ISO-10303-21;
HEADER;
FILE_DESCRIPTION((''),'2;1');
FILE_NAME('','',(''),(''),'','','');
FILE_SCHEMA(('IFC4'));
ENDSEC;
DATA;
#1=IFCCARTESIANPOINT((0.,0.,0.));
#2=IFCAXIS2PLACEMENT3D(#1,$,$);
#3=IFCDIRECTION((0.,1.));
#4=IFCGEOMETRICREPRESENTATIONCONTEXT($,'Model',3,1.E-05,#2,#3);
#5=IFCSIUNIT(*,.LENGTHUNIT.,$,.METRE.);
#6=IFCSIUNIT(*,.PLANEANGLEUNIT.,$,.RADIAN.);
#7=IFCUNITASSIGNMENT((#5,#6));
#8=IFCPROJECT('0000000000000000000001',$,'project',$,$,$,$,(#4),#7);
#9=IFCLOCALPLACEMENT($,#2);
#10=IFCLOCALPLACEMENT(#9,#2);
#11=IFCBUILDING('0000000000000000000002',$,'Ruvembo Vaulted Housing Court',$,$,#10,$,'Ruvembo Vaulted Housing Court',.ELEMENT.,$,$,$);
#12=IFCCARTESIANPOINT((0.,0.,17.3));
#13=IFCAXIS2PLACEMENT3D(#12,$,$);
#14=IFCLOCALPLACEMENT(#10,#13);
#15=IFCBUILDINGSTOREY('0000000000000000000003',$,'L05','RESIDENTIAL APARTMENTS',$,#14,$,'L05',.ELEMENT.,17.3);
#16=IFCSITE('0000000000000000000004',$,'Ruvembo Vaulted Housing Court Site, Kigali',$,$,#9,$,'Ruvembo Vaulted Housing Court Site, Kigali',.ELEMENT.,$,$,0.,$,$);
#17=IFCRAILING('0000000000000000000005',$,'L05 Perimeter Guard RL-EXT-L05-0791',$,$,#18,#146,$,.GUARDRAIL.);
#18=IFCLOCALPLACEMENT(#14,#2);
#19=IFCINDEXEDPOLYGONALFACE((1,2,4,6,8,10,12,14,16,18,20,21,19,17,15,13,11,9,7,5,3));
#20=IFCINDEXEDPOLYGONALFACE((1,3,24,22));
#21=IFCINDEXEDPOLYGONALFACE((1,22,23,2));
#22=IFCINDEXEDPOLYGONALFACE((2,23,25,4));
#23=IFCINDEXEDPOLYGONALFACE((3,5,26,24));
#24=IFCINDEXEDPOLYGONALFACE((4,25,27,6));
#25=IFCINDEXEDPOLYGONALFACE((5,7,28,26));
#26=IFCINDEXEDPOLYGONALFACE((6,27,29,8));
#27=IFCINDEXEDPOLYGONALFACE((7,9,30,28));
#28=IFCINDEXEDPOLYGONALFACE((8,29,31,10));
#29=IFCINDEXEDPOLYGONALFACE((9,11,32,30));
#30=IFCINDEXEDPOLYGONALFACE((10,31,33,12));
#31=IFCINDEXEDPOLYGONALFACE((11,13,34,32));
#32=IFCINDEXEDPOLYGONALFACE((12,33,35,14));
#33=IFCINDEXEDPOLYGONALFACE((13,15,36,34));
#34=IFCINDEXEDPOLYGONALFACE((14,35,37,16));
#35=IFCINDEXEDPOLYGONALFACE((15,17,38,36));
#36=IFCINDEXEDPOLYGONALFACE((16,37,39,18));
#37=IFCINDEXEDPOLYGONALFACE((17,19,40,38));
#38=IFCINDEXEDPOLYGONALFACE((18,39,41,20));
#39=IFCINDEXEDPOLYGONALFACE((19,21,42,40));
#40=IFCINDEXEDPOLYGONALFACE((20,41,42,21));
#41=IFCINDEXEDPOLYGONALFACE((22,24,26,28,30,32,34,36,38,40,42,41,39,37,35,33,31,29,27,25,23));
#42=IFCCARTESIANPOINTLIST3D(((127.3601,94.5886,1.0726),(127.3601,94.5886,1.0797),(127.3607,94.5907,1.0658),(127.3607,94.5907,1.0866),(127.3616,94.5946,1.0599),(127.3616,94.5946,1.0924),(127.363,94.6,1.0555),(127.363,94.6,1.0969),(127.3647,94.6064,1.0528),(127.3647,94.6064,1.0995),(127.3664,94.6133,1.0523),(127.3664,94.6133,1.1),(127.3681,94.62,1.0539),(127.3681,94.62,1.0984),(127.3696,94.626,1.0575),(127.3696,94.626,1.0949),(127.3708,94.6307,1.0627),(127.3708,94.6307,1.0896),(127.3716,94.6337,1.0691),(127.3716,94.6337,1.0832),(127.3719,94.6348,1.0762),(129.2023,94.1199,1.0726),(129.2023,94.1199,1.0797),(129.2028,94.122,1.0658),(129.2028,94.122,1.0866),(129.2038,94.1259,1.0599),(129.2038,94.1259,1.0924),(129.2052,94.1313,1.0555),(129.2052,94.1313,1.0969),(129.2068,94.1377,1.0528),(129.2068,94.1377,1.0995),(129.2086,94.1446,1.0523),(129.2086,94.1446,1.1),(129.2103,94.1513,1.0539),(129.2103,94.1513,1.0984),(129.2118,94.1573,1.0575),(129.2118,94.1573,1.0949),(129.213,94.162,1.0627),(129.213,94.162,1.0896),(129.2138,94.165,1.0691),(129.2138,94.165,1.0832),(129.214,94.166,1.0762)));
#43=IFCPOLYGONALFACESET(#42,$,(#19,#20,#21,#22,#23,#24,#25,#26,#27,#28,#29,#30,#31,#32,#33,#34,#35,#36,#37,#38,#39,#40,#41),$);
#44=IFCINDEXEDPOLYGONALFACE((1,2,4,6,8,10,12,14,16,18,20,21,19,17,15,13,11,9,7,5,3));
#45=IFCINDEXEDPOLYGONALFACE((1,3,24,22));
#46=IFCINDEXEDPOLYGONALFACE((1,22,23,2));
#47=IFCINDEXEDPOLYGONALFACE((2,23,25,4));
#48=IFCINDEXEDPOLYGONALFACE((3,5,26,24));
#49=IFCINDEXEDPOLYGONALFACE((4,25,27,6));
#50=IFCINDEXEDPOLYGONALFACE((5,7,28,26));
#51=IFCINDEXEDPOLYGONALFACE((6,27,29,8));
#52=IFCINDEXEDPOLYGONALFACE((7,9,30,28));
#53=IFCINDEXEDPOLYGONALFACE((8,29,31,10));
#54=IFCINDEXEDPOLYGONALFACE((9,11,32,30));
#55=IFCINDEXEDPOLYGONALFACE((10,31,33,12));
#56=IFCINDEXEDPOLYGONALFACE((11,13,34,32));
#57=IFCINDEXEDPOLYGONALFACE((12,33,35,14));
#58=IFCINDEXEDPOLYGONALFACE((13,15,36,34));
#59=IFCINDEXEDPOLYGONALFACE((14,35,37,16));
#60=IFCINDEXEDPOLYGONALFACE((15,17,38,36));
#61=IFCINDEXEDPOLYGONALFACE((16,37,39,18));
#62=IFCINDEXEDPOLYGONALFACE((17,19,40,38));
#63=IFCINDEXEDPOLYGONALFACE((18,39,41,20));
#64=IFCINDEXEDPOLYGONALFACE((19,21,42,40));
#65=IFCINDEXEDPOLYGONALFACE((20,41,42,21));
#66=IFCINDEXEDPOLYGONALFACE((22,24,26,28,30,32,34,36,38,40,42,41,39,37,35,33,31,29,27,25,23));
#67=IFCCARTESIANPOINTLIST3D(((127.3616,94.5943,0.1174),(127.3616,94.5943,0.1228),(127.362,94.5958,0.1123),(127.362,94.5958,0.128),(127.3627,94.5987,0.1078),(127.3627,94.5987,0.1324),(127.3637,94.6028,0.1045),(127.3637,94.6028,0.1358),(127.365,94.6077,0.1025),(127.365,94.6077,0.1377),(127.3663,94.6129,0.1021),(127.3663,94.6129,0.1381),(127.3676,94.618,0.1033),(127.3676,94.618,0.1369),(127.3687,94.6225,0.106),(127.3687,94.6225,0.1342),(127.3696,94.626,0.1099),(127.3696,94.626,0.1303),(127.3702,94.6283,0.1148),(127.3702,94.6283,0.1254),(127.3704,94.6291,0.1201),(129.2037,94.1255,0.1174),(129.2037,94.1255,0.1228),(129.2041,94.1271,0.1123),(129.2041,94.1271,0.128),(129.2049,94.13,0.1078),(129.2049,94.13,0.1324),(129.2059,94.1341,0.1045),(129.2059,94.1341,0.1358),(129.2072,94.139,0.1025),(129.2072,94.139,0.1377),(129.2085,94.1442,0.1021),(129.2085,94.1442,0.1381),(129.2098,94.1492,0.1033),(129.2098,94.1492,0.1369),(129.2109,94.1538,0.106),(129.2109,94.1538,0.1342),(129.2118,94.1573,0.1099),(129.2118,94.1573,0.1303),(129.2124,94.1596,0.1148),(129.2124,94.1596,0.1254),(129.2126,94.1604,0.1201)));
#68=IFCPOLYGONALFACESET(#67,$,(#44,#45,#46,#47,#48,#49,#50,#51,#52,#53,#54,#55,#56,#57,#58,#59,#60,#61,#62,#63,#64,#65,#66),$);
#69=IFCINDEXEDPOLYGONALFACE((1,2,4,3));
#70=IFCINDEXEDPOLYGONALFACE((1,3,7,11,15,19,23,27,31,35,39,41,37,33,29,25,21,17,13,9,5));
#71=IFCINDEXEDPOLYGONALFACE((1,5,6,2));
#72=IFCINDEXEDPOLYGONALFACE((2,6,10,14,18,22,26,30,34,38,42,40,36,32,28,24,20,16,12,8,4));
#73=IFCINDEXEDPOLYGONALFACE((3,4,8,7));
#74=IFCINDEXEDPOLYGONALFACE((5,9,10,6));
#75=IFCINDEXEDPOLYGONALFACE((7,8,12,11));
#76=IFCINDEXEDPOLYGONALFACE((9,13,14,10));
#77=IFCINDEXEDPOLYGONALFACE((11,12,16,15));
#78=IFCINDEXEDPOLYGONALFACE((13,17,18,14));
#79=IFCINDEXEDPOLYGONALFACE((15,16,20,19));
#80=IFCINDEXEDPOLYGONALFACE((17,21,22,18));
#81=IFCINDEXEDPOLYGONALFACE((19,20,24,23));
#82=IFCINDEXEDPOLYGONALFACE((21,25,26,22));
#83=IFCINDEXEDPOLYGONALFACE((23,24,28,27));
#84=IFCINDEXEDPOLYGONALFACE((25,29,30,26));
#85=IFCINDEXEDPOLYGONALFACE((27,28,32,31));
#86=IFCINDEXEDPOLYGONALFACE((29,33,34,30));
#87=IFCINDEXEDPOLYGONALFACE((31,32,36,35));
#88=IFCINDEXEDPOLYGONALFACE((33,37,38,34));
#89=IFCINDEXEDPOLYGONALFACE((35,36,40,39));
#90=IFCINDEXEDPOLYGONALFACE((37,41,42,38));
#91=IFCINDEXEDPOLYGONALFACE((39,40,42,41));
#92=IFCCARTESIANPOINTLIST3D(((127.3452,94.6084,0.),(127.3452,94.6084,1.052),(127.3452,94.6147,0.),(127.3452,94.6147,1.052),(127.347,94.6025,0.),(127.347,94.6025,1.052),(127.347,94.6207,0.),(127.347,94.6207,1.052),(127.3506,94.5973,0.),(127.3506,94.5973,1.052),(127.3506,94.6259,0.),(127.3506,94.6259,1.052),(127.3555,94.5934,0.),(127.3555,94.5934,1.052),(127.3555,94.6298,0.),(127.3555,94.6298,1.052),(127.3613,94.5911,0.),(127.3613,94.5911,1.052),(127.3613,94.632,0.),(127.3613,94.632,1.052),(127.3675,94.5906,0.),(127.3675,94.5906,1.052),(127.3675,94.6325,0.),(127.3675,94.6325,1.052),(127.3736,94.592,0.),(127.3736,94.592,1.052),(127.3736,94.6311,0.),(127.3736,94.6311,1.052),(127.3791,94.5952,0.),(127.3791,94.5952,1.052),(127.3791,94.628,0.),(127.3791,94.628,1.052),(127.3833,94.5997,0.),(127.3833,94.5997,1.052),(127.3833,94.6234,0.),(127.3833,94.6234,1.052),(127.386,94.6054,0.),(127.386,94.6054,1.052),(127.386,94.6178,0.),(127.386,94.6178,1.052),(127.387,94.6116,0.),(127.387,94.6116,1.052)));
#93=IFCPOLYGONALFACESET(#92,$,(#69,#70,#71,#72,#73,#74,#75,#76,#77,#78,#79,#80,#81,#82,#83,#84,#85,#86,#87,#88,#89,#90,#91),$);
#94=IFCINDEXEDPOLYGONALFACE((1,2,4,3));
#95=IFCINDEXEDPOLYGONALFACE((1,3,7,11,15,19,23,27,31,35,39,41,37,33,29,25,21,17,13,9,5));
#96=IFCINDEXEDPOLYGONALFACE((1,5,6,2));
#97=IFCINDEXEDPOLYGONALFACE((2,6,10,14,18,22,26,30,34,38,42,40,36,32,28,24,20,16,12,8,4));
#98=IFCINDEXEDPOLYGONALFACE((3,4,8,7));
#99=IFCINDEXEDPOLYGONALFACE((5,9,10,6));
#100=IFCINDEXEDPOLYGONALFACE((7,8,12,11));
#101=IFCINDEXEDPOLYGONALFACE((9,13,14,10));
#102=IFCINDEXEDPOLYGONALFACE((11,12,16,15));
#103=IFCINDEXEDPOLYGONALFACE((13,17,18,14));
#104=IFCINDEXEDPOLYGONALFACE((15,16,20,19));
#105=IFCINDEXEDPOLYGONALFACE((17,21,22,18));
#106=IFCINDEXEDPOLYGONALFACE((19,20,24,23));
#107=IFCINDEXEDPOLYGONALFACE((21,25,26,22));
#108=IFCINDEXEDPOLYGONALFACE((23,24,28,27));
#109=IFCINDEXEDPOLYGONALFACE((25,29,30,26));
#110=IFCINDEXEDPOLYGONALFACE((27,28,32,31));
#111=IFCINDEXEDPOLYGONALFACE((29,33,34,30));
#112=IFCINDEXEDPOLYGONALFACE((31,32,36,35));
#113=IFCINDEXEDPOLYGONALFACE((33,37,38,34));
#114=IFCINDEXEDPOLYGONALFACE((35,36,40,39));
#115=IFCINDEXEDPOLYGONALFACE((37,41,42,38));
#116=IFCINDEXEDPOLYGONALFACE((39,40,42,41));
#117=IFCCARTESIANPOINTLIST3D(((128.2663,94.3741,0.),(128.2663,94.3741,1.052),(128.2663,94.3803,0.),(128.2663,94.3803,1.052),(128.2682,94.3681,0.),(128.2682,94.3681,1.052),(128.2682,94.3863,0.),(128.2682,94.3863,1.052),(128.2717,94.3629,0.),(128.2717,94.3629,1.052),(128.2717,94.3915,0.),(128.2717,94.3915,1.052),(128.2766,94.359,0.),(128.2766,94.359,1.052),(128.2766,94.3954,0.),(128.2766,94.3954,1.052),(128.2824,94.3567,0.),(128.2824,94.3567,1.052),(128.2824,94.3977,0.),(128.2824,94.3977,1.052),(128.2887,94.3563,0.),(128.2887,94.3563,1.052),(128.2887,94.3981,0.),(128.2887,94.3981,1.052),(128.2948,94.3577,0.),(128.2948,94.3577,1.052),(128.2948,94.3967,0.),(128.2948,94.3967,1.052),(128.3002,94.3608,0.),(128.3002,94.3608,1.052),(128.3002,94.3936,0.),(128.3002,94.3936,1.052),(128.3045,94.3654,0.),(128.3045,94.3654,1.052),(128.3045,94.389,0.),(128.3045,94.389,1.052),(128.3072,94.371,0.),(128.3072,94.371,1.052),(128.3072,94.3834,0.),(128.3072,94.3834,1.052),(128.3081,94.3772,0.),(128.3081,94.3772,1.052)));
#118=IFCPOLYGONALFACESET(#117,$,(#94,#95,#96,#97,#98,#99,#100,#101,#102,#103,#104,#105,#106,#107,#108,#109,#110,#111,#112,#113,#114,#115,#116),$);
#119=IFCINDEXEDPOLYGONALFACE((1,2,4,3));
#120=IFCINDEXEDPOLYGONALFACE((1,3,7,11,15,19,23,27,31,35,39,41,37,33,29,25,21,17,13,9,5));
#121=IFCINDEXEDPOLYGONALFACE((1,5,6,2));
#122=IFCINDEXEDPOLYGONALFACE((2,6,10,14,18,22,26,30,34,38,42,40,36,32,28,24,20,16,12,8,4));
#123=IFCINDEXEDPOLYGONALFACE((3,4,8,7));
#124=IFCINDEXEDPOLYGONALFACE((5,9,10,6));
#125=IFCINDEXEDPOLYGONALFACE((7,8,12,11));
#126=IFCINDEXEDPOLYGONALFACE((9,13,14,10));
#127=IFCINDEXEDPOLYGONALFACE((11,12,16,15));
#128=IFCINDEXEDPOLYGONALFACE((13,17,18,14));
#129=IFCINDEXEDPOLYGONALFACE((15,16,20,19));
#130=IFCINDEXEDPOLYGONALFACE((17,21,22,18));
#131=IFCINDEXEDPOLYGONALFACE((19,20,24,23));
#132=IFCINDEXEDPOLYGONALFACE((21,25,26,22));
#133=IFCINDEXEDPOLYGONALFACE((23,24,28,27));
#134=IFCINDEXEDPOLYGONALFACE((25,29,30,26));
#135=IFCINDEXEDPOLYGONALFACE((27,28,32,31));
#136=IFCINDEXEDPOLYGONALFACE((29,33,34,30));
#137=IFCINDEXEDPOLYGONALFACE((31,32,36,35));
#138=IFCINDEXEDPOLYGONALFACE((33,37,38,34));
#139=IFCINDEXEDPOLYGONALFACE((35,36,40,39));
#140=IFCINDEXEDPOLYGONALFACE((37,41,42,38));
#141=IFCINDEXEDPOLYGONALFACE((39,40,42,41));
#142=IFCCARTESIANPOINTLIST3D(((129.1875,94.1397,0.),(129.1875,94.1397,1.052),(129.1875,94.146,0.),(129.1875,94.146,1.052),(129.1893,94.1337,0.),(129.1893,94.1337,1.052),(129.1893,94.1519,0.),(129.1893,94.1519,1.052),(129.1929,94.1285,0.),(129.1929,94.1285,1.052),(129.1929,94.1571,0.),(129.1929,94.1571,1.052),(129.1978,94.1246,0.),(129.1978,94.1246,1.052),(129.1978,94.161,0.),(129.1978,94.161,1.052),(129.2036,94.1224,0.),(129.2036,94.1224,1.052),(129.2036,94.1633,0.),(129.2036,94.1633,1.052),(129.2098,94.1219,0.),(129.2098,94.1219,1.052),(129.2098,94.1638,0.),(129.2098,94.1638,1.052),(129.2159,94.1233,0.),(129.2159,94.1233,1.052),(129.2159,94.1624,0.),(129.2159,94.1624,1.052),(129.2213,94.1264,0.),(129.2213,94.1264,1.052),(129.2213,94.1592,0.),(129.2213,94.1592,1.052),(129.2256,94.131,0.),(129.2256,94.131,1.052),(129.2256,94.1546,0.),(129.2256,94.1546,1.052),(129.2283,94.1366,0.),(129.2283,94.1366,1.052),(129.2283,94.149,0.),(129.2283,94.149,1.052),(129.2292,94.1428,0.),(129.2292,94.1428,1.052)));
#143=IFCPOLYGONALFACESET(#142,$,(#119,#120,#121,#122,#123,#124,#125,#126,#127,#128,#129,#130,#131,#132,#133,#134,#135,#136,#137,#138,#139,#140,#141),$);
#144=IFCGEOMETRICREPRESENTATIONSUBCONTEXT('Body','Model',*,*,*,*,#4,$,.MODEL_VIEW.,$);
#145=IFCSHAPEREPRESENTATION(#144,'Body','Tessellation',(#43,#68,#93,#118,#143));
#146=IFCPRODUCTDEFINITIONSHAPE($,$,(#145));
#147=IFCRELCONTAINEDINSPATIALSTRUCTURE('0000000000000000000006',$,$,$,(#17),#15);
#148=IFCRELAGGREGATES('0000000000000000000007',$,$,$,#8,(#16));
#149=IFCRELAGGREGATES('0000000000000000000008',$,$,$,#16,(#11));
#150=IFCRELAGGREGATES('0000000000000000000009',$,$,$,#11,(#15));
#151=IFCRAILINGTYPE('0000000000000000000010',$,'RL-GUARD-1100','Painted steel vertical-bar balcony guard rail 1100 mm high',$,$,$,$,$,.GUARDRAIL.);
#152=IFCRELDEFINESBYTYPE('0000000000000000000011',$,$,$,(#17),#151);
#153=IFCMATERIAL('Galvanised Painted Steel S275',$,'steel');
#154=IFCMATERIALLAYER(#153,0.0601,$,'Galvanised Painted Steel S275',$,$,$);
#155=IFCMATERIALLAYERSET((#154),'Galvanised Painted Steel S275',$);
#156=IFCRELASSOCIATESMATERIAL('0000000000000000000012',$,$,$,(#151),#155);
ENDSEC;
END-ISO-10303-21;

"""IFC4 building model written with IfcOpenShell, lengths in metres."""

from ifc_helpers import new_model, si_unit, direction, frame, origin, origin_2d, place, context, subcontext, project, spatial, circle, extrude, material, layer, layer_set, type_object, element, save


model = new_model("IFC4")

# Units and contexts
model_context = context("Model", 3, precision=1e-05, world=origin(), true_north=direction((0.0, 1.0)))
body_context = subcontext(model_context, "Body", "Model", "MODEL_VIEW")
ifc_project = project(units=[si_unit("LENGTHUNIT", "METRE"), si_unit("PLANEANGLEUNIT", "RADIAN")], contexts=[model_context])

# Site, building, storey
site_placement = place(None, origin())
site = spatial("IfcSite", under=ifc_project, at=site_placement, Name="Ruvembo Vaulted Housing Court Site, Kigali", LongName="Ruvembo Vaulted Housing Court Site, Kigali", CompositionType="ELEMENT", RefElevation=0.0)
building_placement = place(site_placement, origin())
building = spatial("IfcBuilding", under=site, at=building_placement, Name="Ruvembo Vaulted Housing Court", LongName="Ruvembo Vaulted Housing Court", CompositionType="ELEMENT")
storey_placement = place(building_placement, frame((0.0, 0.0, 17.3)))
storey = spatial("IfcBuildingStorey", under=building, at=storey_placement, Name="L05", Description="RESIDENTIAL APARTMENTS", LongName="L05", CompositionType="ELEMENT", Elevation=17.3)

# Railing
ifc_material_1 = material(Name="Galvanised Painted Steel S275", Category="steel")
ifc_layer_1 = layer(ifc_material_1, 0.0601, Name="Galvanised Painted Steel S275")
ifc_layer_set_1 = layer_set([ifc_layer_1], Name="Galvanised Painted Steel S275")
railing_type_1 = type_object("IfcRailingType", Name="RL-GUARD-1100", Description="Painted steel vertical-bar balcony guard rail 1100 mm high", PredefinedType="GUARDRAIL", material=ifc_layer_set_1)
railing_1_placement = place(storey_placement, frame((127.366, 94.6116, 0.0)))
element("IfcRailing", 1, at=railing_1_placement, inside=storey, type_object=railing_type_1, Name="L05 Perimeter Guard RL-EXT-L05-0791", PredefinedType="GUARDRAIL", context=body_context, shape_type="SweptSolid", body=[
    extrude(circle(Radius=0.0239, at=origin_2d()), frame((0.0, 0.0, 1.0762), z_axis=(0.969122, -0.246583, 0.0), x_axis=(0.246583, 0.969122, 0.0)), (0.0, 0.0, 1.0), 1.9009),
    extrude(circle(Radius=0.0181, at=origin_2d()), frame((0.0, 0.0, 0.1201), z_axis=(0.969122, -0.246583, 0.0), x_axis=(0.246583, 0.969122, 0.0)), (0.0, 0.0, 1.0), 1.9009),
    extrude(circle(Radius=0.021, at=origin_2d()), origin(), (0.0, 0.0, 1.0), 1.052),
    extrude(circle(Radius=0.021, at=origin_2d()), frame((0.9211, -0.2344, 0.0)), (0.0, 0.0, 1.0), 1.052),
    extrude(circle(Radius=0.021, at=origin_2d()), frame((1.8423, -0.4688, 0.0)), (0.0, 0.0, 1.0), 1.052),
])

save(model, "model.ifc")
